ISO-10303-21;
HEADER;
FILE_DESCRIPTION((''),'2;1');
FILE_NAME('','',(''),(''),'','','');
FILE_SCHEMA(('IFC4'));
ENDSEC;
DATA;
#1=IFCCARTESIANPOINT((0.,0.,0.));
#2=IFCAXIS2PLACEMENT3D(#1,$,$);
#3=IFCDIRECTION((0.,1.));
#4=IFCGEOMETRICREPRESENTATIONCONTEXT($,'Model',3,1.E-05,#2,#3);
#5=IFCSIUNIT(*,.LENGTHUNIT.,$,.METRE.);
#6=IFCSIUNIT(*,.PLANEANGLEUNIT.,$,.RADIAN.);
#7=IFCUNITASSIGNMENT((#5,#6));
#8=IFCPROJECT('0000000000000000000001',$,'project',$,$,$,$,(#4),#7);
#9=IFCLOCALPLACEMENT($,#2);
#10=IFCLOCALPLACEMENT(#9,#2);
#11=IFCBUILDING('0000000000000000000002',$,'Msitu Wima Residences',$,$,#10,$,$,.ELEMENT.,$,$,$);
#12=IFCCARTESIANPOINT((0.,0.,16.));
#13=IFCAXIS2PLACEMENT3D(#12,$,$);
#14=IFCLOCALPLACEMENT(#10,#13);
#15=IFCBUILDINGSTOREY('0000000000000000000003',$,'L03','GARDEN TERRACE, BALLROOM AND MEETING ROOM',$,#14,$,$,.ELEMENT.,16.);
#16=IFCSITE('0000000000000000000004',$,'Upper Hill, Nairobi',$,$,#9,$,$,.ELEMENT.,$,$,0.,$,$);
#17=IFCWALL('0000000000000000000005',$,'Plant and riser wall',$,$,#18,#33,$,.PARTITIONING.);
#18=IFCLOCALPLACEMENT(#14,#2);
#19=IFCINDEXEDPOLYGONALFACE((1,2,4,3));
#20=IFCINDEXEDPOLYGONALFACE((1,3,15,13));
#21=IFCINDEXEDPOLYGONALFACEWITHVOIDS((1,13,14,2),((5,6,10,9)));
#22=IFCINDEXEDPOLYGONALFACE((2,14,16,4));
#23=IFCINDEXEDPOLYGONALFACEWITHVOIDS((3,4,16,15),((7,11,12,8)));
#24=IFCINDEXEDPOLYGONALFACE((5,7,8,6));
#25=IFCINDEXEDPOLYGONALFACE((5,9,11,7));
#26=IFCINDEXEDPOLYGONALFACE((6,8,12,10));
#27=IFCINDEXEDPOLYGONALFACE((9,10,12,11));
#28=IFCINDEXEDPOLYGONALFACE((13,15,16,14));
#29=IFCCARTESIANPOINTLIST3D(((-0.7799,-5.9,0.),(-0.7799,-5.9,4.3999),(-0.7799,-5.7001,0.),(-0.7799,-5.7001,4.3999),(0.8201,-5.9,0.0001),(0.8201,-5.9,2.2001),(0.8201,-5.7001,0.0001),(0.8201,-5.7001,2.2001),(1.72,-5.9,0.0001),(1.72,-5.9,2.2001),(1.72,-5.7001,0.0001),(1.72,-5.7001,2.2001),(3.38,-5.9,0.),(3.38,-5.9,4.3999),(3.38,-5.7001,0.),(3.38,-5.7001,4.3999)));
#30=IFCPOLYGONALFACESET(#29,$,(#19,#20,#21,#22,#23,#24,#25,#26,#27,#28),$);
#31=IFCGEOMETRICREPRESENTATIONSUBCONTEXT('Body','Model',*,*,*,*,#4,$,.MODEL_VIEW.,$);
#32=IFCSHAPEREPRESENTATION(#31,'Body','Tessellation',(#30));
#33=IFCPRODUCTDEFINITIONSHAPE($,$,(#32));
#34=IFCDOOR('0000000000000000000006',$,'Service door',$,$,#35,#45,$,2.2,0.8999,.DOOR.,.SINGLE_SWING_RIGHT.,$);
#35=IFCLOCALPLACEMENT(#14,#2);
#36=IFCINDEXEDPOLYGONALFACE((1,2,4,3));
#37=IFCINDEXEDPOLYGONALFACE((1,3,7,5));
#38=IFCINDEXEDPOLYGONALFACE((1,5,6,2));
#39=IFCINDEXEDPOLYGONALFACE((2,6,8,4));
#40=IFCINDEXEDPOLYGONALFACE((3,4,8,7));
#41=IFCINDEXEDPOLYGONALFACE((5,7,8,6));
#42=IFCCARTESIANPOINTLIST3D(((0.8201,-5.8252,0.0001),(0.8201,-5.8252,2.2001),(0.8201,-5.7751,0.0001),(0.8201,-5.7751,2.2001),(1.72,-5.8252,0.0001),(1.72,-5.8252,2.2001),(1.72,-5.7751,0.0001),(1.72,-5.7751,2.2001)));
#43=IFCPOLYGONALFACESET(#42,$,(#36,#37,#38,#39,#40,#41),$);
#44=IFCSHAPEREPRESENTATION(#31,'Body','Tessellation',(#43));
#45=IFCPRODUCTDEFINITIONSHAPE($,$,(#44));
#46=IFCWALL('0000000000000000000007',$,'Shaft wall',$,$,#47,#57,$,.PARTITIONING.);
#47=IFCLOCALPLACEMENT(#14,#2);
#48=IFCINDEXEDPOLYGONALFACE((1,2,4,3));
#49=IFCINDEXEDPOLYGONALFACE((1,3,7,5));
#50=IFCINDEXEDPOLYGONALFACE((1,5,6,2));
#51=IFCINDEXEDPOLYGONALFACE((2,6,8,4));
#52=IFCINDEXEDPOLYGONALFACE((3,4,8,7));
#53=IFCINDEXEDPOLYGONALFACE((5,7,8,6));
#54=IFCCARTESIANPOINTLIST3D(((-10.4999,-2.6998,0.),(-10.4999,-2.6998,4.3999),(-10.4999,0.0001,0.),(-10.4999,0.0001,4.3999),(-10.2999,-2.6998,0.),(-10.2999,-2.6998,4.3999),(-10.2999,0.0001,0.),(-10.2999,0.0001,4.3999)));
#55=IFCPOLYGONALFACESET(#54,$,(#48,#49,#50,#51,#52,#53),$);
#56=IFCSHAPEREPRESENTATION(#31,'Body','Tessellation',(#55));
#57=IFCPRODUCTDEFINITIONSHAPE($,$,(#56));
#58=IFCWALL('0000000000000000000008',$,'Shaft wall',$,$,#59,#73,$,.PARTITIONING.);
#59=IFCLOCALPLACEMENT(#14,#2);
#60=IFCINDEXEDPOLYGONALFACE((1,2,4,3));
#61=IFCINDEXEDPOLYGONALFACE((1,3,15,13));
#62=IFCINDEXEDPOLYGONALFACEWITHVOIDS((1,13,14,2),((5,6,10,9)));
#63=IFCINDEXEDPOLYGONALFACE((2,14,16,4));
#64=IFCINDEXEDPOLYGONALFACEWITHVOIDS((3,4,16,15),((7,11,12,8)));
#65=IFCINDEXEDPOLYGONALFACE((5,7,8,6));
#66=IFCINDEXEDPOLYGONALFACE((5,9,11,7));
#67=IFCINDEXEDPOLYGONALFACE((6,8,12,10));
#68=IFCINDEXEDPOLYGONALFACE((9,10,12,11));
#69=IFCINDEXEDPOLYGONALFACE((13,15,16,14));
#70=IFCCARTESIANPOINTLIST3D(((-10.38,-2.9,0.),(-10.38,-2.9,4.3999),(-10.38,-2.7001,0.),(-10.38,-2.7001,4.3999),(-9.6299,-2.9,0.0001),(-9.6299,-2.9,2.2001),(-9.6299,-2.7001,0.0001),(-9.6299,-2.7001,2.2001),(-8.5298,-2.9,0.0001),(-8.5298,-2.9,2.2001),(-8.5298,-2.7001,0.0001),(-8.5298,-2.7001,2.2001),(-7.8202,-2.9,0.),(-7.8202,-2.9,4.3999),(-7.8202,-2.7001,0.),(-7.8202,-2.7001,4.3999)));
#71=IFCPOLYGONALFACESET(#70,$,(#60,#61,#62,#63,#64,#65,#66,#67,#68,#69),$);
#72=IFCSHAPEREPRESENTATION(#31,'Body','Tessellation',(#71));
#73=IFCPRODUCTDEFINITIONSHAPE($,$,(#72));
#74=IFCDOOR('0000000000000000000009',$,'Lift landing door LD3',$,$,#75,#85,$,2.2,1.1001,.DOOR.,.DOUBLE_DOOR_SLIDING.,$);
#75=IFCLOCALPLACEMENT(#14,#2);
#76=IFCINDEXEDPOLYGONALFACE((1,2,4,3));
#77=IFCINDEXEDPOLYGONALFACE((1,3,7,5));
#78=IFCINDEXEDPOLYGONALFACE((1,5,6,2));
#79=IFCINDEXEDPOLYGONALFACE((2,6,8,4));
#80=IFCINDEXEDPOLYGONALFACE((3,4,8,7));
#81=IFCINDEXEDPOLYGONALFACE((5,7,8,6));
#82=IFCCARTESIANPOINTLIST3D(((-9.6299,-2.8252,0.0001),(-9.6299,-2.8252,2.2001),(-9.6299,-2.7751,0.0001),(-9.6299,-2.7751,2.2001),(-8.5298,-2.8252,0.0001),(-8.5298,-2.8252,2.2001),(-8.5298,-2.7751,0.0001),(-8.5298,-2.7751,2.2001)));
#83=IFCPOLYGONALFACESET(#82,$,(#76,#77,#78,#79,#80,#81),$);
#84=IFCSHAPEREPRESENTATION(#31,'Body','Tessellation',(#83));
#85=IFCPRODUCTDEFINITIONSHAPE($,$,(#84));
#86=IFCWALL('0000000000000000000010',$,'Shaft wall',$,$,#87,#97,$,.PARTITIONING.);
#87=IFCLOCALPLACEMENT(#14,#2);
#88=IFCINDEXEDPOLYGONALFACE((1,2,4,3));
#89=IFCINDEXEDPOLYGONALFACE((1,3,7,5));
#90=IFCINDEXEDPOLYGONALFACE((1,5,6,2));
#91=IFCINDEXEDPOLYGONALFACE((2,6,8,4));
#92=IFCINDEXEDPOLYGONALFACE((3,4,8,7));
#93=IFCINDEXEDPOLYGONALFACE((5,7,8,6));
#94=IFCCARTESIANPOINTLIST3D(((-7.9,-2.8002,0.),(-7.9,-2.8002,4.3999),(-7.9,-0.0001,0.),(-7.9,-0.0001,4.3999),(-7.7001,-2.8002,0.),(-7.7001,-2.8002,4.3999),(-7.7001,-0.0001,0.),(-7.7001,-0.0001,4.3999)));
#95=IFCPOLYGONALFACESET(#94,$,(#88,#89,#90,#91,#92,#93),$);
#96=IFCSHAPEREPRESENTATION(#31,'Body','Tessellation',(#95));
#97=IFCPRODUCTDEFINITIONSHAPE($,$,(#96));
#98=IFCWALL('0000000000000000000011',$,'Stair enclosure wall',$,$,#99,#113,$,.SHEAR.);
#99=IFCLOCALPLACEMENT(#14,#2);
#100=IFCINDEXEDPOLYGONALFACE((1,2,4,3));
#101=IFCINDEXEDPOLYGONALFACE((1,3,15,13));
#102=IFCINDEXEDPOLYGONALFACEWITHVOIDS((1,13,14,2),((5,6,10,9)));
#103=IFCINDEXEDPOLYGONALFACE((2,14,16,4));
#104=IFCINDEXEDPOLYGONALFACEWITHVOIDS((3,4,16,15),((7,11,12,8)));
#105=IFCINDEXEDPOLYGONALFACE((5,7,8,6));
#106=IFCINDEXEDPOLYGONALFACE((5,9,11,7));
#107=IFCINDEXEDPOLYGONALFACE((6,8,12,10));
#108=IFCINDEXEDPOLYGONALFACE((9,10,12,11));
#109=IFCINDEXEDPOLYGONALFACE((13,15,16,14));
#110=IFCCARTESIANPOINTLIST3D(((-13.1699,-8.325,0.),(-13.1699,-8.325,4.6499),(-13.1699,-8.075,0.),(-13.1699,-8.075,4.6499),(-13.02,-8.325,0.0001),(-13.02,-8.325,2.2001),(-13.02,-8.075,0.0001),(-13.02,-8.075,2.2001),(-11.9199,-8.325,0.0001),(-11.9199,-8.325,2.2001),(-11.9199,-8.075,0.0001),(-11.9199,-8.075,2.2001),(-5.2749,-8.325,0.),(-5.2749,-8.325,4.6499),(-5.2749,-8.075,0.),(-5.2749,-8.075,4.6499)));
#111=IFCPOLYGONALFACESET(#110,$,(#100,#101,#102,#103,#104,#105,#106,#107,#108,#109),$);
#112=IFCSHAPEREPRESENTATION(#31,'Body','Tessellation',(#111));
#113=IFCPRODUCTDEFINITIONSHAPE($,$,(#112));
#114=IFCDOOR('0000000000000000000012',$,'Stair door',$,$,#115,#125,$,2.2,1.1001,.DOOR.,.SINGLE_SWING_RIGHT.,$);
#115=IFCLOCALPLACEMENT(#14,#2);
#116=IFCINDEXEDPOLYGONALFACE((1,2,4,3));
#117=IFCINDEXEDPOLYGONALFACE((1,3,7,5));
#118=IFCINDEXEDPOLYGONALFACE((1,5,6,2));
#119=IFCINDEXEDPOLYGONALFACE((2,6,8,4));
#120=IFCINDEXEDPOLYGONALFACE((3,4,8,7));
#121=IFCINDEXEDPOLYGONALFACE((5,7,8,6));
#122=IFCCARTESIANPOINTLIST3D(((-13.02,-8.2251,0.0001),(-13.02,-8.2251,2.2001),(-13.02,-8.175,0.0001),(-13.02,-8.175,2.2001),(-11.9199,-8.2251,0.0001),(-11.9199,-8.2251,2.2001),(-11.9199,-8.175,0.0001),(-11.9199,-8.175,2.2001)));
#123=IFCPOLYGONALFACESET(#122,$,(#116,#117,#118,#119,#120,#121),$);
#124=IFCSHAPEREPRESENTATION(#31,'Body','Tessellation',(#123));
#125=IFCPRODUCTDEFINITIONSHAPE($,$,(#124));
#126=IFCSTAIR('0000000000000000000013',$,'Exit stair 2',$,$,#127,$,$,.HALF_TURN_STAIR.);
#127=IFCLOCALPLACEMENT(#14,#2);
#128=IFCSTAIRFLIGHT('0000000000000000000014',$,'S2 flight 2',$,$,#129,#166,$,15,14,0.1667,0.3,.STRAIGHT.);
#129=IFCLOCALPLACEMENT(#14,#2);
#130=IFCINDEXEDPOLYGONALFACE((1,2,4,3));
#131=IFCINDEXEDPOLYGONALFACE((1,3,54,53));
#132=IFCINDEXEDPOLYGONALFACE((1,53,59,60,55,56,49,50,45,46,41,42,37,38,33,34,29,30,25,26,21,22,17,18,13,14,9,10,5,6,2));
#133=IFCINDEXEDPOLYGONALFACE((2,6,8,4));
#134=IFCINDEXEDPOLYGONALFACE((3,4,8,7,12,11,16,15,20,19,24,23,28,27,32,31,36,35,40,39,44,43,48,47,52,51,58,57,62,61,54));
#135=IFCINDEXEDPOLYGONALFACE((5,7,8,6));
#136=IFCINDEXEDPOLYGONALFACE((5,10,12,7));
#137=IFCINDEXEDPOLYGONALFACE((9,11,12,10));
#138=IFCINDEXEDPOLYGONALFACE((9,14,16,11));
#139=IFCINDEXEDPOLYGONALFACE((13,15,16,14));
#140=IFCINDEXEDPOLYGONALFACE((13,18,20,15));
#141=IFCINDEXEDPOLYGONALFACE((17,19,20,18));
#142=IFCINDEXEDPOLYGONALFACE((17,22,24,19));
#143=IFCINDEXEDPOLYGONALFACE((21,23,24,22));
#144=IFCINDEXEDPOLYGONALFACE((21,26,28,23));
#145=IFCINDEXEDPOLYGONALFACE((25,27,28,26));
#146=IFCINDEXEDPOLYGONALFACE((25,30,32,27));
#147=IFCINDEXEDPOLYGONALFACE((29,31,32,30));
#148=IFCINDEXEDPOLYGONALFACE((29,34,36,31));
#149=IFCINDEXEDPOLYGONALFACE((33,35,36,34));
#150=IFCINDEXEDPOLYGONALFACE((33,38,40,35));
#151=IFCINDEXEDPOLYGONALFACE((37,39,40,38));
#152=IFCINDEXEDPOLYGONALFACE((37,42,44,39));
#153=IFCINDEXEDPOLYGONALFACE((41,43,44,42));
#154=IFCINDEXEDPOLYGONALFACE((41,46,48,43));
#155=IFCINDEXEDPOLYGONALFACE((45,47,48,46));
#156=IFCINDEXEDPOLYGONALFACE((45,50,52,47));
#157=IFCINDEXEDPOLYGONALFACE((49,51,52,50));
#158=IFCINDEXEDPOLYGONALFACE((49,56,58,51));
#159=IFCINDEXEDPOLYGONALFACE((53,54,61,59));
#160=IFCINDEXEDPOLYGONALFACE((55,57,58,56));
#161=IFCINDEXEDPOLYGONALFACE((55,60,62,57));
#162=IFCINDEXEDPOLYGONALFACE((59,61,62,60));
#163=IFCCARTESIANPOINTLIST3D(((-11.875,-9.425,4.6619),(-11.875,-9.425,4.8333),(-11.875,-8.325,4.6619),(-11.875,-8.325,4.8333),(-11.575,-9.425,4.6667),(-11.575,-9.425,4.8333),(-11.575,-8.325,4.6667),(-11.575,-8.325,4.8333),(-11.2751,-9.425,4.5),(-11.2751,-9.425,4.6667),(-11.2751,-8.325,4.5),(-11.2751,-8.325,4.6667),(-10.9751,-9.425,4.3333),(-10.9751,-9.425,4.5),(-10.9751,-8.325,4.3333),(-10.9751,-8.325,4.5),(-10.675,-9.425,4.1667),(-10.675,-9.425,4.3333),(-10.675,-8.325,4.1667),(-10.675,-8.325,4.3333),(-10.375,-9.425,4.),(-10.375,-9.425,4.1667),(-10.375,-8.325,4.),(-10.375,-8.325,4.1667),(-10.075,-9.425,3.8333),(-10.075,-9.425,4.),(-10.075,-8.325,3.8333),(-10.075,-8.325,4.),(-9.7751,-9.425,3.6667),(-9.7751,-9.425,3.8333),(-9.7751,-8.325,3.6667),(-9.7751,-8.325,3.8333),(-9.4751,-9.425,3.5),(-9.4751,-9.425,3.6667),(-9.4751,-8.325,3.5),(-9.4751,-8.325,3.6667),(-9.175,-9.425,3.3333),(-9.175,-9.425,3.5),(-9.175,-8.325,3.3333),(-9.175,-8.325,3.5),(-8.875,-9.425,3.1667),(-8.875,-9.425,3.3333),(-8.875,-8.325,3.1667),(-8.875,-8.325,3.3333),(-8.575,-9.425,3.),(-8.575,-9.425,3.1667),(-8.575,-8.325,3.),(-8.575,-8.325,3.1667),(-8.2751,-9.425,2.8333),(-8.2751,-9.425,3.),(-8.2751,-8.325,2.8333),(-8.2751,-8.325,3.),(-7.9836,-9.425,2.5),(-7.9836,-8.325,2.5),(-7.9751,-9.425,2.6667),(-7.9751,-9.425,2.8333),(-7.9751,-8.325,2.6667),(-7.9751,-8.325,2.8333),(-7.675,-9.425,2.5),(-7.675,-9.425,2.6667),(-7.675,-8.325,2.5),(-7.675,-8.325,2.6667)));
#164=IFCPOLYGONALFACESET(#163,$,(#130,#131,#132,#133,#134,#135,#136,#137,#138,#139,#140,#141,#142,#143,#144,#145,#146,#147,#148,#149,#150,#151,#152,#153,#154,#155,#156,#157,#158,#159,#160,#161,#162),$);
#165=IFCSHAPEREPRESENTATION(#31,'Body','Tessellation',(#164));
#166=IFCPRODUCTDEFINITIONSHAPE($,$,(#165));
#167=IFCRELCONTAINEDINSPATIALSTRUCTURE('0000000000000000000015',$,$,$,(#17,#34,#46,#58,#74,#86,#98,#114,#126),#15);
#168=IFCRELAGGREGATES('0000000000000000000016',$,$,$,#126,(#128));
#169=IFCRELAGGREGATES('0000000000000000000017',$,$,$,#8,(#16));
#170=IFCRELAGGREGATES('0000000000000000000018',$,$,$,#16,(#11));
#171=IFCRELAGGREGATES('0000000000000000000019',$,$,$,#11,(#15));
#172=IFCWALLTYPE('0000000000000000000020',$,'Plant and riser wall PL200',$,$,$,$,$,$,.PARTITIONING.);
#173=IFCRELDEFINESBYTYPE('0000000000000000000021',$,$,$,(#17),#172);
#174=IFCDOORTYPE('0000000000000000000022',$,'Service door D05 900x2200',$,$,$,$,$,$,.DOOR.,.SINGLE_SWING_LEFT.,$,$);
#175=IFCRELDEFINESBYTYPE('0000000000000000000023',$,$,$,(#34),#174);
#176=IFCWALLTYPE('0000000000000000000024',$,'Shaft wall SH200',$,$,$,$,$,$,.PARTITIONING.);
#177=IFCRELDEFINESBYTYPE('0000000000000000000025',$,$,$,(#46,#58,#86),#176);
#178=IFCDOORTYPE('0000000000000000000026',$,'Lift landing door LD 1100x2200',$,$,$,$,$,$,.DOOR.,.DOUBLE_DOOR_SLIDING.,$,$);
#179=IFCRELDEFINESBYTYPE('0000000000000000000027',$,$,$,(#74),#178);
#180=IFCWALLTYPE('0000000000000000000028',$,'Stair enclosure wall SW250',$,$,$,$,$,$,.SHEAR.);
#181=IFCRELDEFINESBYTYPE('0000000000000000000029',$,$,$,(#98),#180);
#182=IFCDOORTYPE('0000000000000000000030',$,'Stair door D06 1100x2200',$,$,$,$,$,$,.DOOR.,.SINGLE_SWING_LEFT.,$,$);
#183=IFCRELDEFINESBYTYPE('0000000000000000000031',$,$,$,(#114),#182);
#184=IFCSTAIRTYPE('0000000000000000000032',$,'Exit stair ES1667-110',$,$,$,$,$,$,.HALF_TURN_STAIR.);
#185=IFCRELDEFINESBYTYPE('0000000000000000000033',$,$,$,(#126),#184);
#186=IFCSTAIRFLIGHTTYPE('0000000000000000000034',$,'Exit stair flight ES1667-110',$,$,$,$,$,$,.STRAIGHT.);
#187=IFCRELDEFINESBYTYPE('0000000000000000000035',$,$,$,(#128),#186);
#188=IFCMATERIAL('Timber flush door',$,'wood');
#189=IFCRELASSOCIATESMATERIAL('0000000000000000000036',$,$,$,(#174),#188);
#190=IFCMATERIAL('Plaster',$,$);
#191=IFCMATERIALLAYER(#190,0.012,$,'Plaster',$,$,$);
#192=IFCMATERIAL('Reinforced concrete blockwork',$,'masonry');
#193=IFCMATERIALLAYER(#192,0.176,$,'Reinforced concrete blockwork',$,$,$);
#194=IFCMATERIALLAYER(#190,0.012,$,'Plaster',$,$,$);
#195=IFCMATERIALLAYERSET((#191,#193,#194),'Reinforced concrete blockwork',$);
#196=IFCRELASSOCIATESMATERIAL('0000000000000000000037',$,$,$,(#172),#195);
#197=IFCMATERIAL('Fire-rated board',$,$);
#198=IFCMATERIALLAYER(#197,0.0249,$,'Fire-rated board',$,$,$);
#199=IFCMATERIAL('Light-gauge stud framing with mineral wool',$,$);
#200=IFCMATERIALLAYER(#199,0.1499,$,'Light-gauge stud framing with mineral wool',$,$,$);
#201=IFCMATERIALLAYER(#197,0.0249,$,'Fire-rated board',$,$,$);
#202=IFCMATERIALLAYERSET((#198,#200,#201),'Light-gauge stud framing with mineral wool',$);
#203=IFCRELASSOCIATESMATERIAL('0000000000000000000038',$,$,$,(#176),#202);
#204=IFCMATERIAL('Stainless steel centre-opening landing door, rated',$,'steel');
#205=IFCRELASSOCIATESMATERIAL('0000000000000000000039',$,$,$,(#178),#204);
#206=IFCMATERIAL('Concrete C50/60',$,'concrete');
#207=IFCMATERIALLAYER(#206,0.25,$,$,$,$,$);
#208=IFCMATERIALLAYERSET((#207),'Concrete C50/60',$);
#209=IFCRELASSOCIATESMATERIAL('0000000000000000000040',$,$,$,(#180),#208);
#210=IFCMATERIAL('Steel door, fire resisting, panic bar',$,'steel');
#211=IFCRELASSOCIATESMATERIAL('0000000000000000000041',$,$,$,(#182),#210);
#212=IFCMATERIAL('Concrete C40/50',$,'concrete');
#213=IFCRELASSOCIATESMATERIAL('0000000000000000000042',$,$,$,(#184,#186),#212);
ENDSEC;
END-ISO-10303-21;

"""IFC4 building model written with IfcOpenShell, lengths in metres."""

from ifc_helpers import new_model, si_unit, direction, frame, frame_2d, origin, place, context, subcontext, project, spatial, polyline, rectangle, outline, extrude, material, layer, layer_set, type_object, element, fill, aggregate, save


model = new_model("IFC4")

# Units and contexts
model_context = context("Model", 3, precision=1e-05, world=origin(), true_north=direction((0.0, 1.0)))
body_context = subcontext(model_context, "Body", "Model", "MODEL_VIEW")
ifc_project = project(units=[si_unit("LENGTHUNIT", "METRE"), si_unit("PLANEANGLEUNIT", "RADIAN")], contexts=[model_context])

# Site, building, storey
site_placement = place(None, origin())
site = spatial("IfcSite", under=ifc_project, at=site_placement, Name="Upper Hill, Nairobi", CompositionType="ELEMENT", RefElevation=0.0)
building_placement = place(site_placement, origin())
building = spatial("IfcBuilding", under=site, at=building_placement, Name="Msitu Wima Residences", CompositionType="ELEMENT")
storey_placement = place(building_placement, frame((0.0, 0.0, 16.0)))
storey = spatial("IfcBuildingStorey", under=building, at=storey_placement, Name="L03", Description="GARDEN TERRACE, BALLROOM AND MEETING ROOM", CompositionType="ELEMENT", Elevation=16.0)

# Shared definitions
ifc_material_1 = material(Name="Plaster")
ifc_material_2 = material(Name="Timber flush door", Category="wood")
door_type_1 = type_object("IfcDoorType", Name="Service door D05 900x2200", OperationType="SINGLE_SWING_LEFT", PredefinedType="DOOR", material=ifc_material_2)

# Wall, opening, door
ifc_layer_1 = layer(ifc_material_1, 0.012, Name="Plaster")
ifc_material_3 = material(Name="Reinforced concrete blockwork", Category="masonry")
ifc_layer_2 = layer(ifc_material_3, 0.176, Name="Reinforced concrete blockwork")
ifc_layer_3 = layer(ifc_material_1, 0.012, Name="Plaster")
ifc_layer_set_1 = layer_set([ifc_layer_1, ifc_layer_2, ifc_layer_3], Name="Reinforced concrete blockwork")
wall_type_1 = type_object("IfcWallType", Name="Plant and riser wall PL200", PredefinedType="PARTITIONING", material=ifc_layer_set_1)
wall_1_placement = place(storey_placement, frame((-0.78, -5.8, 0.0), z_axis=(0.0, 0.0, 1.0), x_axis=(1.0, 0.0, 0.0)))
wall_1 = element("IfcWall", 1, at=wall_1_placement, inside=storey, type_object=wall_type_1, Name="Plant and riser wall", PredefinedType="PARTITIONING", context=body_context, shape_type="SweptSolid", body=[
    extrude(rectangle(XDim=4.1599, YDim=0.2, at=frame_2d((2.0801, 0.0))), origin(), (0.0, 0.0, 1.0), 4.3999),
])
opening_1_placement = place(wall_1_placement, frame((1.6001, 0.0, 0.0)))
opening_1 = element("IfcOpeningElement", 2, at=opening_1_placement, cuts=wall_1, PredefinedType="OPENING", context=body_context, shape_type="SweptSolid", body=[
    extrude(rectangle(XDim=0.8999, YDim=2.2, at=frame_2d((0.45, 1.1001))), frame((0.0, 0.1099, 0.0), z_axis=(0.0, -1.0, 0.0), x_axis=(1.0, 0.0, 0.0)), (0.0, 0.0, 1.0), 0.22),
])
door_1_placement = place(opening_1_placement, origin())
door_1 = element("IfcDoor", 3, at=door_1_placement, inside=storey, type_object=door_type_1, Name="Service door", OperationType="SINGLE_SWING_RIGHT", OverallHeight=2.2, OverallWidth=0.8999, PredefinedType="DOOR", context=body_context, shape_type="SweptSolid", body=[
    extrude(rectangle(XDim=0.8999, YDim=2.2, at=frame_2d((0.45, 1.1001))), frame((0.0, 0.0249, 0.0), z_axis=(0.0, -1.0, 0.0), x_axis=(1.0, 0.0, 0.0)), (0.0, 0.0, 1.0), 0.05),
])
fill(opening_1, door_1)

# Wall
ifc_material_4 = material(Name="Fire-rated board")
ifc_layer_4 = layer(ifc_material_4, 0.0249, Name="Fire-rated board")
ifc_material_5 = material(Name="Light-gauge stud framing with mineral wool")
ifc_layer_5 = layer(ifc_material_5, 0.1499, Name="Light-gauge stud framing with mineral wool")
ifc_layer_6 = layer(ifc_material_4, 0.0249, Name="Fire-rated board")
ifc_layer_set_2 = layer_set([ifc_layer_4, ifc_layer_5, ifc_layer_6], Name="Light-gauge stud framing with mineral wool")
wall_type_2 = type_object("IfcWallType", Name="Shaft wall SH200", PredefinedType="PARTITIONING", material=ifc_layer_set_2)
wall_2_placement = place(storey_placement, frame((-10.3999, -2.7, 0.0), z_axis=(0.0, 0.0, 1.0), x_axis=(0.0, 1.0, 0.0)))
element("IfcWall", 4, at=wall_2_placement, inside=storey, type_object=wall_type_2, Name="Shaft wall", PredefinedType="PARTITIONING", context=body_context, shape_type="SweptSolid", body=[
    extrude(rectangle(XDim=2.7, YDim=0.2, at=frame_2d((1.3501, 0.0))), origin(), (0.0, 0.0, 1.0), 4.3999),
])

# Wall, opening, door
wall_3_placement = place(storey_placement, frame((-10.3799, -2.8, 0.0), z_axis=(0.0, 0.0, 1.0), x_axis=(1.0, 0.0, 0.0)))
wall_3 = element("IfcWall", 5, at=wall_3_placement, inside=storey, type_object=wall_type_2, Name="Shaft wall", PredefinedType="PARTITIONING", context=body_context, shape_type="SweptSolid", body=[
    extrude(rectangle(XDim=2.5598, YDim=0.2, at=frame_2d((1.2798, 0.0))), origin(), (0.0, 0.0, 1.0), 4.3999),
])
opening_2_placement = place(wall_3_placement, frame((0.75, 0.0, 0.0)))
opening_2 = element("IfcOpeningElement", 6, at=opening_2_placement, cuts=wall_3, PredefinedType="OPENING", context=body_context, shape_type="SweptSolid", body=[
    extrude(rectangle(XDim=1.1001, YDim=2.2, at=frame_2d((0.55, 1.1001))), frame((0.0, 0.1099, 0.0), z_axis=(0.0, -1.0, 0.0), x_axis=(1.0, 0.0, 0.0)), (0.0, 0.0, 1.0), 0.22),
])
ifc_material_6 = material(Name="Stainless steel centre-opening landing door, rated", Category="steel")
door_type_2 = type_object("IfcDoorType", Name="Lift landing door LD 1100x2200", OperationType="DOUBLE_DOOR_SLIDING", PredefinedType="DOOR", material=ifc_material_6)
door_2_placement = place(opening_2_placement, origin())
door_2 = element("IfcDoor", 7, at=door_2_placement, inside=storey, type_object=door_type_2, Name="Lift landing door LD3", OperationType="DOUBLE_DOOR_SLIDING", OverallHeight=2.2, OverallWidth=1.1001, PredefinedType="DOOR", context=body_context, shape_type="SweptSolid", body=[
    extrude(rectangle(XDim=1.1001, YDim=2.2, at=frame_2d((0.55, 1.1001))), frame((0.0, 0.0249, 0.0), z_axis=(0.0, -1.0, 0.0), x_axis=(1.0, 0.0, 0.0)), (0.0, 0.0, 1.0), 0.05),
])
fill(opening_2, door_2)

# Wall
wall_4_placement = place(storey_placement, frame((-7.8, -2.8, 0.0), z_axis=(0.0, 0.0, 1.0), x_axis=(0.0, 1.0, 0.0)))
element("IfcWall", 8, at=wall_4_placement, inside=storey, type_object=wall_type_2, Name="Shaft wall", PredefinedType="PARTITIONING", context=body_context, shape_type="SweptSolid", body=[
    extrude(rectangle(XDim=2.8, YDim=0.2, at=frame_2d((1.3999, 0.0))), origin(), (0.0, 0.0, 1.0), 4.3999),
])

# Wall, opening, door
ifc_material_7 = material(Name="Concrete C50/60", Category="concrete")
ifc_layer_7 = layer(ifc_material_7, 0.25)
ifc_layer_set_3 = layer_set([ifc_layer_7], Name="Concrete C50/60")
wall_type_3 = type_object("IfcWallType", Name="Stair enclosure wall SW250", PredefinedType="SHEAR", material=ifc_layer_set_3)
wall_5_placement = place(storey_placement, frame((-13.1699, -8.2, 0.0), z_axis=(0.0, 0.0, 1.0), x_axis=(1.0, 0.0, 0.0)))
wall_5 = element("IfcWall", 9, at=wall_5_placement, inside=storey, type_object=wall_type_3, Name="Stair enclosure wall", PredefinedType="SHEAR", context=body_context, shape_type="SweptSolid", body=[
    extrude(rectangle(XDim=7.895, YDim=0.25, at=frame_2d((3.9475, 0.0))), origin(), (0.0, 0.0, 1.0), 4.6499),
])
opening_3_placement = place(wall_5_placement, frame((0.1499, 0.0, 0.0)))
opening_3 = element("IfcOpeningElement", 10, at=opening_3_placement, cuts=wall_5, PredefinedType="OPENING", context=body_context, shape_type="SweptSolid", body=[
    extrude(rectangle(XDim=1.1001, YDim=2.2, at=frame_2d((0.55, 1.1001))), frame((0.0, 0.135, 0.0), z_axis=(0.0, -1.0, 0.0), x_axis=(1.0, 0.0, 0.0)), (0.0, 0.0, 1.0), 0.27),
])
ifc_material_8 = material(Name="Steel door, fire resisting, panic bar", Category="steel")
door_type_3 = type_object("IfcDoorType", Name="Stair door D06 1100x2200", OperationType="SINGLE_SWING_LEFT", PredefinedType="DOOR", material=ifc_material_8)
door_3_placement = place(opening_3_placement, origin())
door_3 = element("IfcDoor", 11, at=door_3_placement, inside=storey, type_object=door_type_3, Name="Stair door", OperationType="SINGLE_SWING_RIGHT", OverallHeight=2.2, OverallWidth=1.1001, PredefinedType="DOOR", context=body_context, shape_type="SweptSolid", body=[
    extrude(rectangle(XDim=1.1001, YDim=2.2, at=frame_2d((0.55, 1.1001))), frame((0.0, 0.0249, 0.0), z_axis=(0.0, -1.0, 0.0), x_axis=(1.0, 0.0, 0.0)), (0.0, 0.0, 1.0), 0.05),
])
fill(opening_3, door_3)

# Stair, stair flight
ifc_material_9 = material(Name="Concrete C40/50", Category="concrete")
stair_type = type_object("IfcStairType", Name="Exit stair ES1667-110", PredefinedType="HALF_TURN_STAIR", material=ifc_material_9)
stair_placement = place(storey_placement, origin())
stair = element("IfcStair", 12, at=stair_placement, inside=storey, type_object=stair_type, Name="Exit stair 2", PredefinedType="HALF_TURN_STAIR")
stair_flight_type = type_object("IfcStairFlightType", Name="Exit stair flight ES1667-110", PredefinedType="STRAIGHT", material=ifc_material_9)
stair_flight_placement = place(storey_placement, frame((-7.675, -8.875, 2.5), z_axis=(0.0, 0.0, 1.0), x_axis=(-1.0, 0.0, 0.0)))
stair_flight = element("IfcStairFlight", 13, at=stair_flight_placement, type_object=stair_flight_type, Name="S2 flight 2", NumberOfRisers=15, NumberOfTreads=14, PredefinedType="STRAIGHT", RiserHeight=0.1667, TreadLength=0.3, context=body_context, shape_type="SweptSolid", body=[
    extrude(outline(polyline([(0.0, 0.0), (0.0, 0.1667), (0.3, 0.1667), (0.3, 0.3333), (0.6001, 0.3333), (0.6001, 0.5), (0.8999, 0.5), (0.8999, 0.6667), (1.2, 0.6667), (1.2, 0.8333), (1.5, 0.8333), (1.5, 1.0), (1.8, 1.0), (1.8, 1.1667), (2.1001, 1.1667), (2.1001, 1.3333), (2.3999, 1.3333), (2.3999, 1.5), (2.7, 1.5), (2.7, 1.6667), (3.0, 1.6667), (3.0, 1.8333), (3.3, 1.8333), (3.3, 2.0), (3.6001, 2.0), (3.6001, 2.1667), (3.8999, 2.1667), (3.8999, 2.3333), (4.2, 2.3333), (4.2, 2.5), (4.2, 2.1619), (0.3086, 0.0), (0.0, 0.0)])), frame((0.0, 0.55, 0.0), z_axis=(0.0, -1.0, 0.0), x_axis=(1.0, 0.0, 0.0)), (0.0, 0.0, 1.0), 1.1001),
])
aggregate(stair, [stair_flight])

save(model, "model.ifc")
